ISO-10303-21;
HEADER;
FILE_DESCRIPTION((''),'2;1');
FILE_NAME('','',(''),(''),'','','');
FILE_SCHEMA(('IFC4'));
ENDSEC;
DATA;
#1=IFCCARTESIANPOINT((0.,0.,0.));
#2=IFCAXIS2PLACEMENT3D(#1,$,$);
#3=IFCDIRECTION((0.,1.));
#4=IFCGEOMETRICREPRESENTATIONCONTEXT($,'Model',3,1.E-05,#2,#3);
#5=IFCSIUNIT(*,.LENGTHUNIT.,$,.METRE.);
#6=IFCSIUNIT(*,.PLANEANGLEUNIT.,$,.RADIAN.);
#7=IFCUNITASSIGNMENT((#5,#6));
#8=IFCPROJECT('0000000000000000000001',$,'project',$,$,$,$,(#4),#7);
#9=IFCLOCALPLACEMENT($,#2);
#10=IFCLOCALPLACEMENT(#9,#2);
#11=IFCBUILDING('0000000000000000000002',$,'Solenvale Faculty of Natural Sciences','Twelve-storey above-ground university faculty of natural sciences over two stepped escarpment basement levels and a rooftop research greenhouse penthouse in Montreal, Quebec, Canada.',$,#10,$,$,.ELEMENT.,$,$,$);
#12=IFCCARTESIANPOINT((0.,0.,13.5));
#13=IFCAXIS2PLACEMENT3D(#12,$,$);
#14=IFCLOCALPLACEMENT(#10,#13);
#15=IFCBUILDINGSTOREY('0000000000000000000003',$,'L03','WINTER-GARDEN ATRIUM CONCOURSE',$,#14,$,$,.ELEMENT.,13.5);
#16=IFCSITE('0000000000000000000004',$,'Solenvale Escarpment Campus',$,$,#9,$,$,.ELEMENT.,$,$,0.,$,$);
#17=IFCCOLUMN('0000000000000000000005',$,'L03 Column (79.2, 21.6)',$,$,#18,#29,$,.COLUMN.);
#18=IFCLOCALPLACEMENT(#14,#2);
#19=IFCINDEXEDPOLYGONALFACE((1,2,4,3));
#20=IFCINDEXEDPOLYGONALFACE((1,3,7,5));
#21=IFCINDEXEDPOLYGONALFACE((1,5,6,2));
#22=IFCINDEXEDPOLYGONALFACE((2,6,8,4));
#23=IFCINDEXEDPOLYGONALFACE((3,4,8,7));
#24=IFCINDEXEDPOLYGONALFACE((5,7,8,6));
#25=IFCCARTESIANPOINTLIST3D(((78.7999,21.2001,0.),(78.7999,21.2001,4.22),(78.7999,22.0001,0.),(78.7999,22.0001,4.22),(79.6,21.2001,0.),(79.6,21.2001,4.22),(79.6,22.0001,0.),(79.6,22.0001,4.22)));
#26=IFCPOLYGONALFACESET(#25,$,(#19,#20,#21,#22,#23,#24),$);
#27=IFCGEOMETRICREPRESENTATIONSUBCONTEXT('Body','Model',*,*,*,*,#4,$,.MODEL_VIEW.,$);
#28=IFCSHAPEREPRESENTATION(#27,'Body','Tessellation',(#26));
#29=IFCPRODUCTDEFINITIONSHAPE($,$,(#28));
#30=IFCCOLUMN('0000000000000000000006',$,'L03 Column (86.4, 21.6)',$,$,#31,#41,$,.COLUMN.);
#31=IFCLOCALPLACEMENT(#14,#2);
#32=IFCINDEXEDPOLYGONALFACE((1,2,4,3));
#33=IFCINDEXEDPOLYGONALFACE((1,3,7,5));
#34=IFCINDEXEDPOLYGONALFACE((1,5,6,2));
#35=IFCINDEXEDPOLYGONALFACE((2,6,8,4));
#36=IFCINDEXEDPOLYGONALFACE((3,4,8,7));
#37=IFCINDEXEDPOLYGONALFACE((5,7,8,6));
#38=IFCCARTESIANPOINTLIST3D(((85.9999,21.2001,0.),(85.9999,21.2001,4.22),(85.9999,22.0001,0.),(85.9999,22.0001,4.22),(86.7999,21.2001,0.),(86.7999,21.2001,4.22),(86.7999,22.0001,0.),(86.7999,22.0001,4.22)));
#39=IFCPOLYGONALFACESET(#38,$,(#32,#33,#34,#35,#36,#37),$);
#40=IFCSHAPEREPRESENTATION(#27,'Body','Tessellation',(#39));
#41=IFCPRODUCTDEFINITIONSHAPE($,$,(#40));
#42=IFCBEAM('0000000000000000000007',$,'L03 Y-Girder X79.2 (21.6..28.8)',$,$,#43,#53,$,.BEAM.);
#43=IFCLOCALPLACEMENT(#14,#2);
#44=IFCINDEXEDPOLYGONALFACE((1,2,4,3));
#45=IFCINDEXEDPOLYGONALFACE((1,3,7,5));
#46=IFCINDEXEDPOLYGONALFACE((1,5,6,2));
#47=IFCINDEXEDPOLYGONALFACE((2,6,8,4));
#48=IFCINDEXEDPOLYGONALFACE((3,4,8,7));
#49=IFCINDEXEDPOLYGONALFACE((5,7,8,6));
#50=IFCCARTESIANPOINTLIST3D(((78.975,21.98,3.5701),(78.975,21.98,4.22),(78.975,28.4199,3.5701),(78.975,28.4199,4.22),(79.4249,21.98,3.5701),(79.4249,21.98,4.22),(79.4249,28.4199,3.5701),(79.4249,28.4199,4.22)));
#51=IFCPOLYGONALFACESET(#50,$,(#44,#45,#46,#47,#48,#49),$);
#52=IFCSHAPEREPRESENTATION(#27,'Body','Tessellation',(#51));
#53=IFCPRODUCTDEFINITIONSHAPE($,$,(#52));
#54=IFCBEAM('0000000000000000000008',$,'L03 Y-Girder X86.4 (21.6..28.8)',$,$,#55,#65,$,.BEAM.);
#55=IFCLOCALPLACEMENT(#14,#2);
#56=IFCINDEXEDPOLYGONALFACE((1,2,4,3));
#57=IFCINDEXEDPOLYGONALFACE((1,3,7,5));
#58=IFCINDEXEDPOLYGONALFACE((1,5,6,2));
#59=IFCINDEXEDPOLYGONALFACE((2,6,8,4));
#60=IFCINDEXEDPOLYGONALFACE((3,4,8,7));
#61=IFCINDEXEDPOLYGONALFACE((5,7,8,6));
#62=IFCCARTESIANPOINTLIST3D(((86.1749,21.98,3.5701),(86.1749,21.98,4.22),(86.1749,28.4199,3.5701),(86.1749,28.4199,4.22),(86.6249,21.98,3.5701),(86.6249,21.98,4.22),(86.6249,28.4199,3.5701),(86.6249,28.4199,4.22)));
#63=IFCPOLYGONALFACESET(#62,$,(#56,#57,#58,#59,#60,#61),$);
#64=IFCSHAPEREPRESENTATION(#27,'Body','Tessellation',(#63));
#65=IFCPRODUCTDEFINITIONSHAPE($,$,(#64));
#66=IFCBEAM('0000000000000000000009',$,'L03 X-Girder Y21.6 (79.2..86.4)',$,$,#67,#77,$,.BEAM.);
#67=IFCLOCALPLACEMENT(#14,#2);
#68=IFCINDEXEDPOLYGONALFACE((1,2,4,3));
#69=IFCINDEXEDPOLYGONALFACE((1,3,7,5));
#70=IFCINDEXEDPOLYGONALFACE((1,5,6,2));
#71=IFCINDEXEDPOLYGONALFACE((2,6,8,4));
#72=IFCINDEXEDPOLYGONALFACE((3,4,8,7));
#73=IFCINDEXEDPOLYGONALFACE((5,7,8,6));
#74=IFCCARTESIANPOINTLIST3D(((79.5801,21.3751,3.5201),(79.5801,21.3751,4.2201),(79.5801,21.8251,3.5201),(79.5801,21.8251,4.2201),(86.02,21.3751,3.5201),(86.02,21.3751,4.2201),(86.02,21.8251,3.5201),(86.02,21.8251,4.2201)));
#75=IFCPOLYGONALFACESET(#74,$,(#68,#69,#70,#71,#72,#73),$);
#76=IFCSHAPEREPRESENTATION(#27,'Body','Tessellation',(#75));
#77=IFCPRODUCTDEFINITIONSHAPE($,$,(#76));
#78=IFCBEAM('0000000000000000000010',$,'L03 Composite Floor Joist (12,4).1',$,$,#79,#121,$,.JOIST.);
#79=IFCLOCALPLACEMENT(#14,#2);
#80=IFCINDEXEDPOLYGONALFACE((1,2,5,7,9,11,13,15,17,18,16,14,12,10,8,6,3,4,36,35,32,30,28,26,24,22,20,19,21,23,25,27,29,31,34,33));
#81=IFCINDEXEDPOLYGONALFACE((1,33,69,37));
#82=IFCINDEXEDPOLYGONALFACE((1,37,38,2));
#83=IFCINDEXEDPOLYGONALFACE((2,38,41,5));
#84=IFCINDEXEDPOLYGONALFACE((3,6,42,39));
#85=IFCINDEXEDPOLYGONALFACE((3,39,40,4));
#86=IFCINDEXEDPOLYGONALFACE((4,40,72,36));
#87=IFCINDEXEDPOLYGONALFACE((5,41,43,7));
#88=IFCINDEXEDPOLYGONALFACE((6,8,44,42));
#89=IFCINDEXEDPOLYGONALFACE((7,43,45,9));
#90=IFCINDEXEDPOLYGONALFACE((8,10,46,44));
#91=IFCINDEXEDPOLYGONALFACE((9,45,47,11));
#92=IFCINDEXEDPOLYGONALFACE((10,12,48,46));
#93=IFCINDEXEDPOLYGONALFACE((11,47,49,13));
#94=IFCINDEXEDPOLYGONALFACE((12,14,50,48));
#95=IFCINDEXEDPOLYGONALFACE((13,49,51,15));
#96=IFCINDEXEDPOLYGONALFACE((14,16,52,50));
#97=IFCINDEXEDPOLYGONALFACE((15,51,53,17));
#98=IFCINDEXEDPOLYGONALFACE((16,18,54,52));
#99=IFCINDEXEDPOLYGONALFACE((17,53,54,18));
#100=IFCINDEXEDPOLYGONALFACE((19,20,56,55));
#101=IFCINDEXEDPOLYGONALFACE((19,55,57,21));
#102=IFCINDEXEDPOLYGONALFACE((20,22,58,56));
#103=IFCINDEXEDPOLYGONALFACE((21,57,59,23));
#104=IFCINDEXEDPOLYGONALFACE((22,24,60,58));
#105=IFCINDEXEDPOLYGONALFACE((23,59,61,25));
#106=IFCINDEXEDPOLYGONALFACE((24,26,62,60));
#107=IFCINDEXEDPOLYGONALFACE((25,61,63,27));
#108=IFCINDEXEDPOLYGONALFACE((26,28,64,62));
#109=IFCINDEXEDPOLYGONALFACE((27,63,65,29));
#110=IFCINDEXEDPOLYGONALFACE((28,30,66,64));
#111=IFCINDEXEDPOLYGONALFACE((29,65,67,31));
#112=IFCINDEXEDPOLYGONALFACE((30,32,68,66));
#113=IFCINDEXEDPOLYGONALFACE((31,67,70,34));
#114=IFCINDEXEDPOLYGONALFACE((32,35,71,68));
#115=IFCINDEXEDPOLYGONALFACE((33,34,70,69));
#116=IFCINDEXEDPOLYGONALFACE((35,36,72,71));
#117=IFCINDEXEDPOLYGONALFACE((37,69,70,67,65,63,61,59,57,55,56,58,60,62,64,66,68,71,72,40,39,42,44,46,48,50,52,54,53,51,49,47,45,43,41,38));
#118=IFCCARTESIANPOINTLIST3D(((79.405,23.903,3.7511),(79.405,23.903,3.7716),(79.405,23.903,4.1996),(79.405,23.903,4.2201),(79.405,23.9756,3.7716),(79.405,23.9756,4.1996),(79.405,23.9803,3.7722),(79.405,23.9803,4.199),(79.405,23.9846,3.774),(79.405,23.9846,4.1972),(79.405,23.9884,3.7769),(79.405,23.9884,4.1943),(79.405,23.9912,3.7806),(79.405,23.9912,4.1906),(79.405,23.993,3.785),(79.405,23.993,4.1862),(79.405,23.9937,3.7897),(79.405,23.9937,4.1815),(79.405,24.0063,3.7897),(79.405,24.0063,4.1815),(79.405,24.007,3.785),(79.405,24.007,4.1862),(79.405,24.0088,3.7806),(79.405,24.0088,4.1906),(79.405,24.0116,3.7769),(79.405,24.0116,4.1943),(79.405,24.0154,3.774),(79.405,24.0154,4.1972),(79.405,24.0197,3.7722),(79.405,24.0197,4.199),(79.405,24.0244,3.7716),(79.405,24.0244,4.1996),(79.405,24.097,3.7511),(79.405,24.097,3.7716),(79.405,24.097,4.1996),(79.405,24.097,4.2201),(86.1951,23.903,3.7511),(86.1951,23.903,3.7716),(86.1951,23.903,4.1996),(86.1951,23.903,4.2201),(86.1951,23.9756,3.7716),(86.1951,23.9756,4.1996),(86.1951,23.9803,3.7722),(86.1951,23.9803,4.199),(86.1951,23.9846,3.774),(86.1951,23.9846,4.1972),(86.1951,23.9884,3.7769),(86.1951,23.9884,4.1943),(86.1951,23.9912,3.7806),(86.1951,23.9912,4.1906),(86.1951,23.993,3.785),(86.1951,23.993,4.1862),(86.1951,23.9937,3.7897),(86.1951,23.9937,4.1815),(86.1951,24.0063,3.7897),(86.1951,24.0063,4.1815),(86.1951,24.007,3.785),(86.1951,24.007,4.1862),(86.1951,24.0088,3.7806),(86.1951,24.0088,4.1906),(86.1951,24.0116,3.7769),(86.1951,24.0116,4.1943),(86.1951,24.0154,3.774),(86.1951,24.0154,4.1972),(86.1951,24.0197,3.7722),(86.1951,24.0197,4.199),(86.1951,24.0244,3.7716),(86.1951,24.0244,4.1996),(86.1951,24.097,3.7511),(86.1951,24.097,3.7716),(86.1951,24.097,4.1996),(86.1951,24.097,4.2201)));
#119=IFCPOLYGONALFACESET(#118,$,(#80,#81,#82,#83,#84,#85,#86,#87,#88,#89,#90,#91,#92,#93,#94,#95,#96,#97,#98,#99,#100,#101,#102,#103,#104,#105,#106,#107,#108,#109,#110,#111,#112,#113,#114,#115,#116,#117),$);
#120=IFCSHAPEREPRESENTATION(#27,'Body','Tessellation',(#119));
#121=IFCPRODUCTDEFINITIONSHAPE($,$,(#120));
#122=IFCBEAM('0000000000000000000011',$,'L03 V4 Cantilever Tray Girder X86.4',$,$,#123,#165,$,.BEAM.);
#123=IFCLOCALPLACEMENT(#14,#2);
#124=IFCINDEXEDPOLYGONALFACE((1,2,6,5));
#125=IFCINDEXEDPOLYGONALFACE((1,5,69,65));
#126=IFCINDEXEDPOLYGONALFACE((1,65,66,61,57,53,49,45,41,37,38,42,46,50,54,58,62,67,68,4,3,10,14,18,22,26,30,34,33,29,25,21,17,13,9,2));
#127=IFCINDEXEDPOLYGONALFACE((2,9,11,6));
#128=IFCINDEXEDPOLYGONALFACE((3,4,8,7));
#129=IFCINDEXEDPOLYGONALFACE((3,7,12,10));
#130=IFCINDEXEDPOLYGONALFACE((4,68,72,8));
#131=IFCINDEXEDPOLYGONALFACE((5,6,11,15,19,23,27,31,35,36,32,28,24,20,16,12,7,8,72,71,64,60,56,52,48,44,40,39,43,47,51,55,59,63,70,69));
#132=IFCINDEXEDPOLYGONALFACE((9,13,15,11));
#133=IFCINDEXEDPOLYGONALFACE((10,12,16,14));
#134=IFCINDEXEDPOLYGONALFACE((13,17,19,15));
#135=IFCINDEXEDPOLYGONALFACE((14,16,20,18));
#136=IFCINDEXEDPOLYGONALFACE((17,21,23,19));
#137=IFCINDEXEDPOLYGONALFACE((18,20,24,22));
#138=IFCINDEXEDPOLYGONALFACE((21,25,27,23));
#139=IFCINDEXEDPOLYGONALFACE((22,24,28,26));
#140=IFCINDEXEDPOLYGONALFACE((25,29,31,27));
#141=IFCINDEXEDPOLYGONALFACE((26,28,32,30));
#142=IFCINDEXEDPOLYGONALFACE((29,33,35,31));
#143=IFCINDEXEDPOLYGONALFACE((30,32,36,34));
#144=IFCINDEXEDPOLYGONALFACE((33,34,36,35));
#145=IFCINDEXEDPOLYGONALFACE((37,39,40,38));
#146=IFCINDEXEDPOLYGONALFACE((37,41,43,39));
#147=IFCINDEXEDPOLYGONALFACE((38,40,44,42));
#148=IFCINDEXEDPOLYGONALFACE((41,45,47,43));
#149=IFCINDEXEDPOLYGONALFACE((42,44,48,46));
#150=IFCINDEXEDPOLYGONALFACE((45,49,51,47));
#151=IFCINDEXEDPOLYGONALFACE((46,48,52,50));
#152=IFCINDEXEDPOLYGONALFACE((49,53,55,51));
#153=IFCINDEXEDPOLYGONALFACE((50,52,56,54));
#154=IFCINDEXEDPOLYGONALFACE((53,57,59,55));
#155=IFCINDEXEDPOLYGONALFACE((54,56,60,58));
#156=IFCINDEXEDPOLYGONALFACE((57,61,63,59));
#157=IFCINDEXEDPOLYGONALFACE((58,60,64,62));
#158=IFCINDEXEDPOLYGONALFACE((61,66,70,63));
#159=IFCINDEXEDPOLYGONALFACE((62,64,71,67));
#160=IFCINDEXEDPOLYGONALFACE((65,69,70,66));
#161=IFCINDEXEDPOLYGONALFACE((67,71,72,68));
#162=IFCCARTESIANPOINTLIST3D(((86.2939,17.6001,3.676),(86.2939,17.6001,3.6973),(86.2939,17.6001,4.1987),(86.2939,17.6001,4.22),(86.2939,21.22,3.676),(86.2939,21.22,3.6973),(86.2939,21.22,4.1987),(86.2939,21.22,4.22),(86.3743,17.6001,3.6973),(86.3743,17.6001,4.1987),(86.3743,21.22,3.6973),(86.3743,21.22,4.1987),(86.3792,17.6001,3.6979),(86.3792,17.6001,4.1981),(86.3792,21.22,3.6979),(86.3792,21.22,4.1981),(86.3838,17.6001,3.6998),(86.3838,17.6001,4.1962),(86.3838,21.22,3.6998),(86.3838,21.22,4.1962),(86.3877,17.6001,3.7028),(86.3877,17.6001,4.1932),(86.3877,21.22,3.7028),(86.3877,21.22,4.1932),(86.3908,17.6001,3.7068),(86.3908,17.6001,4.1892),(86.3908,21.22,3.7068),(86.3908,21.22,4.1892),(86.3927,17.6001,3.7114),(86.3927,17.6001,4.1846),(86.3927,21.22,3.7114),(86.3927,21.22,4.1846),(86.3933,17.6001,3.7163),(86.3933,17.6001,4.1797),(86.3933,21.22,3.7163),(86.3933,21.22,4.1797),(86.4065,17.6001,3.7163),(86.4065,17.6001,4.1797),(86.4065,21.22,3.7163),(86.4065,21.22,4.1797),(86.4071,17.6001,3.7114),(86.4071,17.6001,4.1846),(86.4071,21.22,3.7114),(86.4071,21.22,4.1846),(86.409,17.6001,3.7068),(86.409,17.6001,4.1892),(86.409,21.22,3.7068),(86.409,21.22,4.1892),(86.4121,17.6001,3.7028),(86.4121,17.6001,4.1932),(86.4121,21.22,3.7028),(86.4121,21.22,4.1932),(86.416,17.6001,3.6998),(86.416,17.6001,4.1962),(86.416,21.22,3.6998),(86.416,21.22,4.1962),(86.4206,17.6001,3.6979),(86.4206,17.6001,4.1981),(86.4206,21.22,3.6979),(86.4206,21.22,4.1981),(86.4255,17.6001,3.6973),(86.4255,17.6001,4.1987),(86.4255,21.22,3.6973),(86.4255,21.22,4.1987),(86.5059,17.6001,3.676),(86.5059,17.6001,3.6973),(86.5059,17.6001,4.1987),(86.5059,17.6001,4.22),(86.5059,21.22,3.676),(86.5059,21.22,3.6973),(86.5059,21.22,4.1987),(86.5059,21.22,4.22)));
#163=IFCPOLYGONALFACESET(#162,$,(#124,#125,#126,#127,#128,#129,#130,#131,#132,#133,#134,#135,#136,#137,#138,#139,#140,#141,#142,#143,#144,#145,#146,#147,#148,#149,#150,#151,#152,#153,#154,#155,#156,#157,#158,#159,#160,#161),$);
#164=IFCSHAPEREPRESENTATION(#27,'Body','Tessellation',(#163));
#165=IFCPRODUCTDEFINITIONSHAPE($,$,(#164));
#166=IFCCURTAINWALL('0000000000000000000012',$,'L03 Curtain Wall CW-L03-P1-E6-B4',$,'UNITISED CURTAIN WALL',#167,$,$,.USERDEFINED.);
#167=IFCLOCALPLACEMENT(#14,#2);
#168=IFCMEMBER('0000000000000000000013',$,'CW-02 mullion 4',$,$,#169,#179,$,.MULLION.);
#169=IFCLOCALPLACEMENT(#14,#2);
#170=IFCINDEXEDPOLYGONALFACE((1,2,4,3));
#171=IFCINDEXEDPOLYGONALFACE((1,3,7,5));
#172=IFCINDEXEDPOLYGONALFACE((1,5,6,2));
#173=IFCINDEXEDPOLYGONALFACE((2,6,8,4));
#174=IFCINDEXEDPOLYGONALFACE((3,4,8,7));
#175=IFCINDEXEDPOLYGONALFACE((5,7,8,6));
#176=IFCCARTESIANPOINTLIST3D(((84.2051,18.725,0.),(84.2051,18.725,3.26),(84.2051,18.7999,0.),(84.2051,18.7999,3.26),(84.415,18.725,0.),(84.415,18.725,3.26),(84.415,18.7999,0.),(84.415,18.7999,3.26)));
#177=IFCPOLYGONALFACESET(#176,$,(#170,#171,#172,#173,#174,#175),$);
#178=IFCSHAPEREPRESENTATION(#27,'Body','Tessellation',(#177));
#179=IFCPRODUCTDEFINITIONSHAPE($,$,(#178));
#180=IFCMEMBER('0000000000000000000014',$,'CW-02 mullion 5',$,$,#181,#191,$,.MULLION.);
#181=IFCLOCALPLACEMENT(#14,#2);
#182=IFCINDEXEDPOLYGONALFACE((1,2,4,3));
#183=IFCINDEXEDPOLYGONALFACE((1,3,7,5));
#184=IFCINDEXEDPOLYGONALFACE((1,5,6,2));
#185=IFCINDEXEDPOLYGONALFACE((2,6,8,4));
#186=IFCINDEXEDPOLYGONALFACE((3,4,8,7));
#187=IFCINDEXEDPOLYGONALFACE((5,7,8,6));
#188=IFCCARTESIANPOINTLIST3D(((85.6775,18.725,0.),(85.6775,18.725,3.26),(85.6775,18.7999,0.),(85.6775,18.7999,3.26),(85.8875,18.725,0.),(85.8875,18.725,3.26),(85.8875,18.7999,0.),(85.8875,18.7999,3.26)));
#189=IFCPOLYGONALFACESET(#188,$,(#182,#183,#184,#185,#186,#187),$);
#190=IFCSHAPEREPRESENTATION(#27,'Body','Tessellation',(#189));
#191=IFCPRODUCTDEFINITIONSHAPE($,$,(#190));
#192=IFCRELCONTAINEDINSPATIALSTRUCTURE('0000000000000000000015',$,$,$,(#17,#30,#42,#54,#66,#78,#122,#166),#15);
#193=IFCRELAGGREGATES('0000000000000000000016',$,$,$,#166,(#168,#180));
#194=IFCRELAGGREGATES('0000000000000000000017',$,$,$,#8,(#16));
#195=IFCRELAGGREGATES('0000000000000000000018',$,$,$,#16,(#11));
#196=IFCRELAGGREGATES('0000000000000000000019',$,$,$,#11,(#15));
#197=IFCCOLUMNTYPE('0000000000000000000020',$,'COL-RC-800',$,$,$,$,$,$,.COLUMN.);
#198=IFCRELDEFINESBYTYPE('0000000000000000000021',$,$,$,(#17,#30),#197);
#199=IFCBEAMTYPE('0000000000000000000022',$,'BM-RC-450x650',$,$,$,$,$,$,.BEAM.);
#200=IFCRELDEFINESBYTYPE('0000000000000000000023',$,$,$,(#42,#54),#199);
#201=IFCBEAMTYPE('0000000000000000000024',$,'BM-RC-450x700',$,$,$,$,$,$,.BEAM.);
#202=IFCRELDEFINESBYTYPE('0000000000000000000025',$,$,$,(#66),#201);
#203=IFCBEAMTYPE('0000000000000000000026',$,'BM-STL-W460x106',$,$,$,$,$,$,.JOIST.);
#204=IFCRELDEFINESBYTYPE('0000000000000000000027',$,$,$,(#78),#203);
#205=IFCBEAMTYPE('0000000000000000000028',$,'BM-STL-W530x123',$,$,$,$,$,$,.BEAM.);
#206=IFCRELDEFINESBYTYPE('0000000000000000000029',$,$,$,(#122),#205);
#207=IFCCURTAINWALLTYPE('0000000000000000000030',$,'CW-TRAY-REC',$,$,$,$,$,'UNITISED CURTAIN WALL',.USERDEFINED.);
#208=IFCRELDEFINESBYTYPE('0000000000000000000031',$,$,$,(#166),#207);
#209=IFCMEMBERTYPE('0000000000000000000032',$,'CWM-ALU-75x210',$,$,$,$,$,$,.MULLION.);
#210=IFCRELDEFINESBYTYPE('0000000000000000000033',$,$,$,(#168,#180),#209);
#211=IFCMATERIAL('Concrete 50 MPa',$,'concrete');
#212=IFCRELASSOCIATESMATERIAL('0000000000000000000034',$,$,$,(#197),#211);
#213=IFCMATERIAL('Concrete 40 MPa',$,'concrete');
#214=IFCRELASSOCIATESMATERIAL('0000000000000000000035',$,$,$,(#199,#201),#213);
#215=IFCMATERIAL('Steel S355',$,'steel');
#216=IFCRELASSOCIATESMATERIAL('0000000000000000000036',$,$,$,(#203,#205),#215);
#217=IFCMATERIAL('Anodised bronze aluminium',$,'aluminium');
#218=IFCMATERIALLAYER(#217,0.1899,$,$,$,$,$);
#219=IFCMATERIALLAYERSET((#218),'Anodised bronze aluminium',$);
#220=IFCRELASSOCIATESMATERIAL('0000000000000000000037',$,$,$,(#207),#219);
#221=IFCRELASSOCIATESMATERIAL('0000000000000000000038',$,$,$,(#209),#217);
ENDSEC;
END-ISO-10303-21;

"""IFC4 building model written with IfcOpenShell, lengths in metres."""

from ifc_helpers import new_model, si_unit, direction, frame, origin, origin_2d, place, context, subcontext, project, spatial, rectangle, i_section, extrude, material, layer, layer_set, material_profile, profile_set, type_object, element, aggregate, save


model = new_model("IFC4")

# Units and contexts
model_context = context("Model", 3, precision=1e-05, world=origin(), true_north=direction((0.0, 1.0)))
body_context = subcontext(model_context, "Body", "Model", "MODEL_VIEW")
ifc_project = project(units=[si_unit("LENGTHUNIT", "METRE"), si_unit("PLANEANGLEUNIT", "RADIAN")], contexts=[model_context])

# Site, building, storey
site_placement = place(None, origin())
site = spatial("IfcSite", under=ifc_project, at=site_placement, Name="Solenvale Escarpment Campus", CompositionType="ELEMENT", RefElevation=0.0)
building_placement = place(site_placement, origin())
building = spatial("IfcBuilding", under=site, at=building_placement, Name="Solenvale Faculty of Natural Sciences", Description="Twelve-storey above-ground university faculty of natural sciences over two stepped escarpment basement levels and a rooftop research greenhouse penthouse in Montreal, Quebec, Canada.", CompositionType="ELEMENT")
storey_placement = place(building_placement, frame((0.0, 0.0, 13.5)))
storey = spatial("IfcBuildingStorey", under=building, at=storey_placement, Name="L03", Description="WINTER-GARDEN ATRIUM CONCOURSE", CompositionType="ELEMENT", Elevation=13.5)

# Columns
ifc_material_1 = material(Name="Concrete 50 MPa", Category="concrete")
ifc_material_profile_1 = material_profile(ifc_material_1, rectangle(XDim=0.8, YDim=0.8, at=origin_2d()), Name="RC-COL-800x800")
ifc_profile_set_1 = profile_set([ifc_material_profile_1], Name="Concrete 50 MPa")
column_type = type_object("IfcColumnType", Name="COL-RC-800", PredefinedType="COLUMN", material=ifc_profile_set_1)
for number, where, z_axis, x_axis, name in (
    (1, (79.2, 21.6001, 0.0), (0.0, 0.0, 1.0), (1.0, 0.0, 0.0), "L03 Column (79.2, 21.6)"),
    (2, (86.3999, 21.6001, 0.0), (0.0, 0.0, 1.0), (1.0, 0.0, 0.0), "L03 Column (86.4, 21.6)"),
):
    element("IfcColumn", number, at=place(storey_placement, frame(where, z_axis=z_axis, x_axis=x_axis)), inside=storey, type_object=column_type, Name=name, PredefinedType="COLUMN", context=body_context, shape_type="SweptSolid", body=[
        extrude(rectangle(XDim=0.8, YDim=0.8, at=origin_2d()), origin(), (0.0, 0.0, 1.0), 4.22),
    ])

# Beams
ifc_material_2 = material(Name="Concrete 40 MPa", Category="concrete")
ifc_material_profile_2 = material_profile(ifc_material_2, rectangle(XDim=0.45, YDim=0.6499, at=origin_2d()), Name="RC-BM-450x650")
ifc_profile_set_2 = profile_set([ifc_material_profile_2], Name="Concrete 40 MPa")
beam_type_1 = type_object("IfcBeamType", Name="BM-RC-450x650", PredefinedType="BEAM", material=ifc_profile_set_2)
for number, where, z_axis, x_axis, name in (
    (3, (79.2, 21.98, 3.895), (0.0, 1.0, 0.0), (-1.0, 0.0, 0.0), "L03 Y-Girder X79.2 (21.6..28.8)"),
    (4, (86.3999, 21.98, 3.895), (0.0, 1.0, 0.0), (-1.0, 0.0, 0.0), "L03 Y-Girder X86.4 (21.6..28.8)"),
):
    element("IfcBeam", number, at=place(storey_placement, frame(where, z_axis=z_axis, x_axis=x_axis)), inside=storey, type_object=beam_type_1, Name=name, PredefinedType="BEAM", context=body_context, shape_type="SweptSolid", body=[
        extrude(rectangle(XDim=0.45, YDim=0.6499, at=origin_2d()), origin(), (0.0, 0.0, 1.0), 6.4399),
    ])
ifc_material_profile_3 = material_profile(ifc_material_2, rectangle(XDim=0.45, YDim=0.7, at=origin_2d()), Name="RC-BM-450x700")
ifc_profile_set_3 = profile_set([ifc_material_profile_3], Name="Concrete 40 MPa")
beam_type_2 = type_object("IfcBeamType", Name="BM-RC-450x700", PredefinedType="BEAM", material=ifc_profile_set_3)
beam_1_placement = place(storey_placement, frame((79.5801, 21.6001, 3.8701), z_axis=(1.0, 0.0, 0.0), x_axis=(0.0, 1.0, 0.0)))
element("IfcBeam", 5, at=beam_1_placement, inside=storey, type_object=beam_type_2, Name="L03 X-Girder Y21.6 (79.2..86.4)", PredefinedType="BEAM", context=body_context, shape_type="SweptSolid", body=[
    extrude(rectangle(XDim=0.45, YDim=0.7, at=origin_2d()), origin(), (0.0, 0.0, 1.0), 6.4399),
])
ifc_material_3 = material(Name="Steel S355", Category="steel")
ifc_material_profile_4 = material_profile(ifc_material_3, i_section(OverallWidth=0.1941, OverallDepth=0.469, WebThickness=0.0127, FlangeThickness=0.0205, FilletRadius=0.0181, at=origin_2d()), Name="W460x106")
ifc_profile_set_4 = profile_set([ifc_material_profile_4], Name="Steel S355")
beam_type_3 = type_object("IfcBeamType", Name="BM-STL-W460x106", PredefinedType="JOIST", material=ifc_profile_set_4)
beam_2_placement = place(storey_placement, frame((79.405, 24.0, 3.9856), z_axis=(1.0, 0.0, 0.0), x_axis=(0.0, 1.0, 0.0)))
element("IfcBeam", 6, at=beam_2_placement, inside=storey, type_object=beam_type_3, Name="L03 Composite Floor Joist (12,4).1", PredefinedType="JOIST", context=body_context, shape_type="SweptSolid", body=[
    extrude(i_section(OverallWidth=0.1941, OverallDepth=0.469, WebThickness=0.0127, FlangeThickness=0.0205, FilletRadius=0.0181, at=origin_2d()), origin(), (0.0, 0.0, 1.0), 6.79),
])
ifc_material_profile_5 = material_profile(ifc_material_3, i_section(OverallWidth=0.2119, OverallDepth=0.5439, WebThickness=0.0132, FlangeThickness=0.0212, FilletRadius=0.019, at=origin_2d()), Name="W530x123")
ifc_profile_set_5 = profile_set([ifc_material_profile_5], Name="Steel S355")
beam_type_4 = type_object("IfcBeamType", Name="BM-STL-W530x123", PredefinedType="BEAM", material=ifc_profile_set_5)
beam_3_placement = place(storey_placement, frame((86.3999, 21.22, 3.948), z_axis=(0.0, -1.0, 0.0), x_axis=(1.0, 0.0, 0.0)))
element("IfcBeam", 7, at=beam_3_placement, inside=storey, type_object=beam_type_4, Name="L03 V4 Cantilever Tray Girder X86.4", PredefinedType="BEAM", context=body_context, shape_type="SweptSolid", body=[
    extrude(i_section(OverallWidth=0.2119, OverallDepth=0.5439, WebThickness=0.0132, FlangeThickness=0.0212, FilletRadius=0.019, at=origin_2d()), origin(), (0.0, 0.0, 1.0), 3.6199),
])

# Curtain wall, members
ifc_material_4 = material(Name="Anodised bronze aluminium", Category="aluminium")
ifc_layer_1 = layer(ifc_material_4, 0.1899)
ifc_layer_set_1 = layer_set([ifc_layer_1], Name="Anodised bronze aluminium")
curtain_wall_type = type_object("IfcCurtainWallType", Name="CW-TRAY-REC", ElementType="UNITISED CURTAIN WALL", PredefinedType="USERDEFINED", material=ifc_layer_set_1)
curtain_wall_placement = place(storey_placement, origin())
curtain_wall = element("IfcCurtainWall", 8, at=curtain_wall_placement, inside=storey, type_object=curtain_wall_type, Name="L03 Curtain Wall CW-L03-P1-E6-B4", ObjectType="UNITISED CURTAIN WALL", PredefinedType="USERDEFINED")
ifc_material_profile_6 = material_profile(ifc_material_4, rectangle(XDim=0.075, YDim=0.21, at=origin_2d()), Name="ALU-MUL-75x210")
ifc_profile_set_6 = profile_set([ifc_material_profile_6], Name="Anodised bronze aluminium")
member_type_1 = type_object("IfcMemberType", Name="CWM-ALU-75x210", PredefinedType="MULLION", material=ifc_profile_set_6)
member_1_placement = place(storey_placement, frame((84.3101, 18.7625, 0.0), z_axis=(0.0, 0.0, 1.0), x_axis=(0.0, 1.0, 0.0)))
member_1 = element("IfcMember", 9, at=member_1_placement, type_object=member_type_1, Name="CW-02 mullion 4", PredefinedType="MULLION", context=body_context, shape_type="SweptSolid", body=[
    extrude(rectangle(XDim=0.075, YDim=0.21, at=origin_2d()), origin(), (0.0, 0.0, 1.0), 3.26),
])
member_2_placement = place(storey_placement, frame((85.7825, 18.7625, 0.0), z_axis=(0.0, 0.0, 1.0), x_axis=(0.0, 1.0, 0.0)))
member_2 = element("IfcMember", 10, at=member_2_placement, type_object=member_type_1, Name="CW-02 mullion 5", PredefinedType="MULLION", context=body_context, shape_type="SweptSolid", body=[
    extrude(rectangle(XDim=0.075, YDim=0.21, at=origin_2d()), origin(), (0.0, 0.0, 1.0), 3.26),
])
aggregate(curtain_wall, [member_1, member_2])

save(model, "model.ifc")
